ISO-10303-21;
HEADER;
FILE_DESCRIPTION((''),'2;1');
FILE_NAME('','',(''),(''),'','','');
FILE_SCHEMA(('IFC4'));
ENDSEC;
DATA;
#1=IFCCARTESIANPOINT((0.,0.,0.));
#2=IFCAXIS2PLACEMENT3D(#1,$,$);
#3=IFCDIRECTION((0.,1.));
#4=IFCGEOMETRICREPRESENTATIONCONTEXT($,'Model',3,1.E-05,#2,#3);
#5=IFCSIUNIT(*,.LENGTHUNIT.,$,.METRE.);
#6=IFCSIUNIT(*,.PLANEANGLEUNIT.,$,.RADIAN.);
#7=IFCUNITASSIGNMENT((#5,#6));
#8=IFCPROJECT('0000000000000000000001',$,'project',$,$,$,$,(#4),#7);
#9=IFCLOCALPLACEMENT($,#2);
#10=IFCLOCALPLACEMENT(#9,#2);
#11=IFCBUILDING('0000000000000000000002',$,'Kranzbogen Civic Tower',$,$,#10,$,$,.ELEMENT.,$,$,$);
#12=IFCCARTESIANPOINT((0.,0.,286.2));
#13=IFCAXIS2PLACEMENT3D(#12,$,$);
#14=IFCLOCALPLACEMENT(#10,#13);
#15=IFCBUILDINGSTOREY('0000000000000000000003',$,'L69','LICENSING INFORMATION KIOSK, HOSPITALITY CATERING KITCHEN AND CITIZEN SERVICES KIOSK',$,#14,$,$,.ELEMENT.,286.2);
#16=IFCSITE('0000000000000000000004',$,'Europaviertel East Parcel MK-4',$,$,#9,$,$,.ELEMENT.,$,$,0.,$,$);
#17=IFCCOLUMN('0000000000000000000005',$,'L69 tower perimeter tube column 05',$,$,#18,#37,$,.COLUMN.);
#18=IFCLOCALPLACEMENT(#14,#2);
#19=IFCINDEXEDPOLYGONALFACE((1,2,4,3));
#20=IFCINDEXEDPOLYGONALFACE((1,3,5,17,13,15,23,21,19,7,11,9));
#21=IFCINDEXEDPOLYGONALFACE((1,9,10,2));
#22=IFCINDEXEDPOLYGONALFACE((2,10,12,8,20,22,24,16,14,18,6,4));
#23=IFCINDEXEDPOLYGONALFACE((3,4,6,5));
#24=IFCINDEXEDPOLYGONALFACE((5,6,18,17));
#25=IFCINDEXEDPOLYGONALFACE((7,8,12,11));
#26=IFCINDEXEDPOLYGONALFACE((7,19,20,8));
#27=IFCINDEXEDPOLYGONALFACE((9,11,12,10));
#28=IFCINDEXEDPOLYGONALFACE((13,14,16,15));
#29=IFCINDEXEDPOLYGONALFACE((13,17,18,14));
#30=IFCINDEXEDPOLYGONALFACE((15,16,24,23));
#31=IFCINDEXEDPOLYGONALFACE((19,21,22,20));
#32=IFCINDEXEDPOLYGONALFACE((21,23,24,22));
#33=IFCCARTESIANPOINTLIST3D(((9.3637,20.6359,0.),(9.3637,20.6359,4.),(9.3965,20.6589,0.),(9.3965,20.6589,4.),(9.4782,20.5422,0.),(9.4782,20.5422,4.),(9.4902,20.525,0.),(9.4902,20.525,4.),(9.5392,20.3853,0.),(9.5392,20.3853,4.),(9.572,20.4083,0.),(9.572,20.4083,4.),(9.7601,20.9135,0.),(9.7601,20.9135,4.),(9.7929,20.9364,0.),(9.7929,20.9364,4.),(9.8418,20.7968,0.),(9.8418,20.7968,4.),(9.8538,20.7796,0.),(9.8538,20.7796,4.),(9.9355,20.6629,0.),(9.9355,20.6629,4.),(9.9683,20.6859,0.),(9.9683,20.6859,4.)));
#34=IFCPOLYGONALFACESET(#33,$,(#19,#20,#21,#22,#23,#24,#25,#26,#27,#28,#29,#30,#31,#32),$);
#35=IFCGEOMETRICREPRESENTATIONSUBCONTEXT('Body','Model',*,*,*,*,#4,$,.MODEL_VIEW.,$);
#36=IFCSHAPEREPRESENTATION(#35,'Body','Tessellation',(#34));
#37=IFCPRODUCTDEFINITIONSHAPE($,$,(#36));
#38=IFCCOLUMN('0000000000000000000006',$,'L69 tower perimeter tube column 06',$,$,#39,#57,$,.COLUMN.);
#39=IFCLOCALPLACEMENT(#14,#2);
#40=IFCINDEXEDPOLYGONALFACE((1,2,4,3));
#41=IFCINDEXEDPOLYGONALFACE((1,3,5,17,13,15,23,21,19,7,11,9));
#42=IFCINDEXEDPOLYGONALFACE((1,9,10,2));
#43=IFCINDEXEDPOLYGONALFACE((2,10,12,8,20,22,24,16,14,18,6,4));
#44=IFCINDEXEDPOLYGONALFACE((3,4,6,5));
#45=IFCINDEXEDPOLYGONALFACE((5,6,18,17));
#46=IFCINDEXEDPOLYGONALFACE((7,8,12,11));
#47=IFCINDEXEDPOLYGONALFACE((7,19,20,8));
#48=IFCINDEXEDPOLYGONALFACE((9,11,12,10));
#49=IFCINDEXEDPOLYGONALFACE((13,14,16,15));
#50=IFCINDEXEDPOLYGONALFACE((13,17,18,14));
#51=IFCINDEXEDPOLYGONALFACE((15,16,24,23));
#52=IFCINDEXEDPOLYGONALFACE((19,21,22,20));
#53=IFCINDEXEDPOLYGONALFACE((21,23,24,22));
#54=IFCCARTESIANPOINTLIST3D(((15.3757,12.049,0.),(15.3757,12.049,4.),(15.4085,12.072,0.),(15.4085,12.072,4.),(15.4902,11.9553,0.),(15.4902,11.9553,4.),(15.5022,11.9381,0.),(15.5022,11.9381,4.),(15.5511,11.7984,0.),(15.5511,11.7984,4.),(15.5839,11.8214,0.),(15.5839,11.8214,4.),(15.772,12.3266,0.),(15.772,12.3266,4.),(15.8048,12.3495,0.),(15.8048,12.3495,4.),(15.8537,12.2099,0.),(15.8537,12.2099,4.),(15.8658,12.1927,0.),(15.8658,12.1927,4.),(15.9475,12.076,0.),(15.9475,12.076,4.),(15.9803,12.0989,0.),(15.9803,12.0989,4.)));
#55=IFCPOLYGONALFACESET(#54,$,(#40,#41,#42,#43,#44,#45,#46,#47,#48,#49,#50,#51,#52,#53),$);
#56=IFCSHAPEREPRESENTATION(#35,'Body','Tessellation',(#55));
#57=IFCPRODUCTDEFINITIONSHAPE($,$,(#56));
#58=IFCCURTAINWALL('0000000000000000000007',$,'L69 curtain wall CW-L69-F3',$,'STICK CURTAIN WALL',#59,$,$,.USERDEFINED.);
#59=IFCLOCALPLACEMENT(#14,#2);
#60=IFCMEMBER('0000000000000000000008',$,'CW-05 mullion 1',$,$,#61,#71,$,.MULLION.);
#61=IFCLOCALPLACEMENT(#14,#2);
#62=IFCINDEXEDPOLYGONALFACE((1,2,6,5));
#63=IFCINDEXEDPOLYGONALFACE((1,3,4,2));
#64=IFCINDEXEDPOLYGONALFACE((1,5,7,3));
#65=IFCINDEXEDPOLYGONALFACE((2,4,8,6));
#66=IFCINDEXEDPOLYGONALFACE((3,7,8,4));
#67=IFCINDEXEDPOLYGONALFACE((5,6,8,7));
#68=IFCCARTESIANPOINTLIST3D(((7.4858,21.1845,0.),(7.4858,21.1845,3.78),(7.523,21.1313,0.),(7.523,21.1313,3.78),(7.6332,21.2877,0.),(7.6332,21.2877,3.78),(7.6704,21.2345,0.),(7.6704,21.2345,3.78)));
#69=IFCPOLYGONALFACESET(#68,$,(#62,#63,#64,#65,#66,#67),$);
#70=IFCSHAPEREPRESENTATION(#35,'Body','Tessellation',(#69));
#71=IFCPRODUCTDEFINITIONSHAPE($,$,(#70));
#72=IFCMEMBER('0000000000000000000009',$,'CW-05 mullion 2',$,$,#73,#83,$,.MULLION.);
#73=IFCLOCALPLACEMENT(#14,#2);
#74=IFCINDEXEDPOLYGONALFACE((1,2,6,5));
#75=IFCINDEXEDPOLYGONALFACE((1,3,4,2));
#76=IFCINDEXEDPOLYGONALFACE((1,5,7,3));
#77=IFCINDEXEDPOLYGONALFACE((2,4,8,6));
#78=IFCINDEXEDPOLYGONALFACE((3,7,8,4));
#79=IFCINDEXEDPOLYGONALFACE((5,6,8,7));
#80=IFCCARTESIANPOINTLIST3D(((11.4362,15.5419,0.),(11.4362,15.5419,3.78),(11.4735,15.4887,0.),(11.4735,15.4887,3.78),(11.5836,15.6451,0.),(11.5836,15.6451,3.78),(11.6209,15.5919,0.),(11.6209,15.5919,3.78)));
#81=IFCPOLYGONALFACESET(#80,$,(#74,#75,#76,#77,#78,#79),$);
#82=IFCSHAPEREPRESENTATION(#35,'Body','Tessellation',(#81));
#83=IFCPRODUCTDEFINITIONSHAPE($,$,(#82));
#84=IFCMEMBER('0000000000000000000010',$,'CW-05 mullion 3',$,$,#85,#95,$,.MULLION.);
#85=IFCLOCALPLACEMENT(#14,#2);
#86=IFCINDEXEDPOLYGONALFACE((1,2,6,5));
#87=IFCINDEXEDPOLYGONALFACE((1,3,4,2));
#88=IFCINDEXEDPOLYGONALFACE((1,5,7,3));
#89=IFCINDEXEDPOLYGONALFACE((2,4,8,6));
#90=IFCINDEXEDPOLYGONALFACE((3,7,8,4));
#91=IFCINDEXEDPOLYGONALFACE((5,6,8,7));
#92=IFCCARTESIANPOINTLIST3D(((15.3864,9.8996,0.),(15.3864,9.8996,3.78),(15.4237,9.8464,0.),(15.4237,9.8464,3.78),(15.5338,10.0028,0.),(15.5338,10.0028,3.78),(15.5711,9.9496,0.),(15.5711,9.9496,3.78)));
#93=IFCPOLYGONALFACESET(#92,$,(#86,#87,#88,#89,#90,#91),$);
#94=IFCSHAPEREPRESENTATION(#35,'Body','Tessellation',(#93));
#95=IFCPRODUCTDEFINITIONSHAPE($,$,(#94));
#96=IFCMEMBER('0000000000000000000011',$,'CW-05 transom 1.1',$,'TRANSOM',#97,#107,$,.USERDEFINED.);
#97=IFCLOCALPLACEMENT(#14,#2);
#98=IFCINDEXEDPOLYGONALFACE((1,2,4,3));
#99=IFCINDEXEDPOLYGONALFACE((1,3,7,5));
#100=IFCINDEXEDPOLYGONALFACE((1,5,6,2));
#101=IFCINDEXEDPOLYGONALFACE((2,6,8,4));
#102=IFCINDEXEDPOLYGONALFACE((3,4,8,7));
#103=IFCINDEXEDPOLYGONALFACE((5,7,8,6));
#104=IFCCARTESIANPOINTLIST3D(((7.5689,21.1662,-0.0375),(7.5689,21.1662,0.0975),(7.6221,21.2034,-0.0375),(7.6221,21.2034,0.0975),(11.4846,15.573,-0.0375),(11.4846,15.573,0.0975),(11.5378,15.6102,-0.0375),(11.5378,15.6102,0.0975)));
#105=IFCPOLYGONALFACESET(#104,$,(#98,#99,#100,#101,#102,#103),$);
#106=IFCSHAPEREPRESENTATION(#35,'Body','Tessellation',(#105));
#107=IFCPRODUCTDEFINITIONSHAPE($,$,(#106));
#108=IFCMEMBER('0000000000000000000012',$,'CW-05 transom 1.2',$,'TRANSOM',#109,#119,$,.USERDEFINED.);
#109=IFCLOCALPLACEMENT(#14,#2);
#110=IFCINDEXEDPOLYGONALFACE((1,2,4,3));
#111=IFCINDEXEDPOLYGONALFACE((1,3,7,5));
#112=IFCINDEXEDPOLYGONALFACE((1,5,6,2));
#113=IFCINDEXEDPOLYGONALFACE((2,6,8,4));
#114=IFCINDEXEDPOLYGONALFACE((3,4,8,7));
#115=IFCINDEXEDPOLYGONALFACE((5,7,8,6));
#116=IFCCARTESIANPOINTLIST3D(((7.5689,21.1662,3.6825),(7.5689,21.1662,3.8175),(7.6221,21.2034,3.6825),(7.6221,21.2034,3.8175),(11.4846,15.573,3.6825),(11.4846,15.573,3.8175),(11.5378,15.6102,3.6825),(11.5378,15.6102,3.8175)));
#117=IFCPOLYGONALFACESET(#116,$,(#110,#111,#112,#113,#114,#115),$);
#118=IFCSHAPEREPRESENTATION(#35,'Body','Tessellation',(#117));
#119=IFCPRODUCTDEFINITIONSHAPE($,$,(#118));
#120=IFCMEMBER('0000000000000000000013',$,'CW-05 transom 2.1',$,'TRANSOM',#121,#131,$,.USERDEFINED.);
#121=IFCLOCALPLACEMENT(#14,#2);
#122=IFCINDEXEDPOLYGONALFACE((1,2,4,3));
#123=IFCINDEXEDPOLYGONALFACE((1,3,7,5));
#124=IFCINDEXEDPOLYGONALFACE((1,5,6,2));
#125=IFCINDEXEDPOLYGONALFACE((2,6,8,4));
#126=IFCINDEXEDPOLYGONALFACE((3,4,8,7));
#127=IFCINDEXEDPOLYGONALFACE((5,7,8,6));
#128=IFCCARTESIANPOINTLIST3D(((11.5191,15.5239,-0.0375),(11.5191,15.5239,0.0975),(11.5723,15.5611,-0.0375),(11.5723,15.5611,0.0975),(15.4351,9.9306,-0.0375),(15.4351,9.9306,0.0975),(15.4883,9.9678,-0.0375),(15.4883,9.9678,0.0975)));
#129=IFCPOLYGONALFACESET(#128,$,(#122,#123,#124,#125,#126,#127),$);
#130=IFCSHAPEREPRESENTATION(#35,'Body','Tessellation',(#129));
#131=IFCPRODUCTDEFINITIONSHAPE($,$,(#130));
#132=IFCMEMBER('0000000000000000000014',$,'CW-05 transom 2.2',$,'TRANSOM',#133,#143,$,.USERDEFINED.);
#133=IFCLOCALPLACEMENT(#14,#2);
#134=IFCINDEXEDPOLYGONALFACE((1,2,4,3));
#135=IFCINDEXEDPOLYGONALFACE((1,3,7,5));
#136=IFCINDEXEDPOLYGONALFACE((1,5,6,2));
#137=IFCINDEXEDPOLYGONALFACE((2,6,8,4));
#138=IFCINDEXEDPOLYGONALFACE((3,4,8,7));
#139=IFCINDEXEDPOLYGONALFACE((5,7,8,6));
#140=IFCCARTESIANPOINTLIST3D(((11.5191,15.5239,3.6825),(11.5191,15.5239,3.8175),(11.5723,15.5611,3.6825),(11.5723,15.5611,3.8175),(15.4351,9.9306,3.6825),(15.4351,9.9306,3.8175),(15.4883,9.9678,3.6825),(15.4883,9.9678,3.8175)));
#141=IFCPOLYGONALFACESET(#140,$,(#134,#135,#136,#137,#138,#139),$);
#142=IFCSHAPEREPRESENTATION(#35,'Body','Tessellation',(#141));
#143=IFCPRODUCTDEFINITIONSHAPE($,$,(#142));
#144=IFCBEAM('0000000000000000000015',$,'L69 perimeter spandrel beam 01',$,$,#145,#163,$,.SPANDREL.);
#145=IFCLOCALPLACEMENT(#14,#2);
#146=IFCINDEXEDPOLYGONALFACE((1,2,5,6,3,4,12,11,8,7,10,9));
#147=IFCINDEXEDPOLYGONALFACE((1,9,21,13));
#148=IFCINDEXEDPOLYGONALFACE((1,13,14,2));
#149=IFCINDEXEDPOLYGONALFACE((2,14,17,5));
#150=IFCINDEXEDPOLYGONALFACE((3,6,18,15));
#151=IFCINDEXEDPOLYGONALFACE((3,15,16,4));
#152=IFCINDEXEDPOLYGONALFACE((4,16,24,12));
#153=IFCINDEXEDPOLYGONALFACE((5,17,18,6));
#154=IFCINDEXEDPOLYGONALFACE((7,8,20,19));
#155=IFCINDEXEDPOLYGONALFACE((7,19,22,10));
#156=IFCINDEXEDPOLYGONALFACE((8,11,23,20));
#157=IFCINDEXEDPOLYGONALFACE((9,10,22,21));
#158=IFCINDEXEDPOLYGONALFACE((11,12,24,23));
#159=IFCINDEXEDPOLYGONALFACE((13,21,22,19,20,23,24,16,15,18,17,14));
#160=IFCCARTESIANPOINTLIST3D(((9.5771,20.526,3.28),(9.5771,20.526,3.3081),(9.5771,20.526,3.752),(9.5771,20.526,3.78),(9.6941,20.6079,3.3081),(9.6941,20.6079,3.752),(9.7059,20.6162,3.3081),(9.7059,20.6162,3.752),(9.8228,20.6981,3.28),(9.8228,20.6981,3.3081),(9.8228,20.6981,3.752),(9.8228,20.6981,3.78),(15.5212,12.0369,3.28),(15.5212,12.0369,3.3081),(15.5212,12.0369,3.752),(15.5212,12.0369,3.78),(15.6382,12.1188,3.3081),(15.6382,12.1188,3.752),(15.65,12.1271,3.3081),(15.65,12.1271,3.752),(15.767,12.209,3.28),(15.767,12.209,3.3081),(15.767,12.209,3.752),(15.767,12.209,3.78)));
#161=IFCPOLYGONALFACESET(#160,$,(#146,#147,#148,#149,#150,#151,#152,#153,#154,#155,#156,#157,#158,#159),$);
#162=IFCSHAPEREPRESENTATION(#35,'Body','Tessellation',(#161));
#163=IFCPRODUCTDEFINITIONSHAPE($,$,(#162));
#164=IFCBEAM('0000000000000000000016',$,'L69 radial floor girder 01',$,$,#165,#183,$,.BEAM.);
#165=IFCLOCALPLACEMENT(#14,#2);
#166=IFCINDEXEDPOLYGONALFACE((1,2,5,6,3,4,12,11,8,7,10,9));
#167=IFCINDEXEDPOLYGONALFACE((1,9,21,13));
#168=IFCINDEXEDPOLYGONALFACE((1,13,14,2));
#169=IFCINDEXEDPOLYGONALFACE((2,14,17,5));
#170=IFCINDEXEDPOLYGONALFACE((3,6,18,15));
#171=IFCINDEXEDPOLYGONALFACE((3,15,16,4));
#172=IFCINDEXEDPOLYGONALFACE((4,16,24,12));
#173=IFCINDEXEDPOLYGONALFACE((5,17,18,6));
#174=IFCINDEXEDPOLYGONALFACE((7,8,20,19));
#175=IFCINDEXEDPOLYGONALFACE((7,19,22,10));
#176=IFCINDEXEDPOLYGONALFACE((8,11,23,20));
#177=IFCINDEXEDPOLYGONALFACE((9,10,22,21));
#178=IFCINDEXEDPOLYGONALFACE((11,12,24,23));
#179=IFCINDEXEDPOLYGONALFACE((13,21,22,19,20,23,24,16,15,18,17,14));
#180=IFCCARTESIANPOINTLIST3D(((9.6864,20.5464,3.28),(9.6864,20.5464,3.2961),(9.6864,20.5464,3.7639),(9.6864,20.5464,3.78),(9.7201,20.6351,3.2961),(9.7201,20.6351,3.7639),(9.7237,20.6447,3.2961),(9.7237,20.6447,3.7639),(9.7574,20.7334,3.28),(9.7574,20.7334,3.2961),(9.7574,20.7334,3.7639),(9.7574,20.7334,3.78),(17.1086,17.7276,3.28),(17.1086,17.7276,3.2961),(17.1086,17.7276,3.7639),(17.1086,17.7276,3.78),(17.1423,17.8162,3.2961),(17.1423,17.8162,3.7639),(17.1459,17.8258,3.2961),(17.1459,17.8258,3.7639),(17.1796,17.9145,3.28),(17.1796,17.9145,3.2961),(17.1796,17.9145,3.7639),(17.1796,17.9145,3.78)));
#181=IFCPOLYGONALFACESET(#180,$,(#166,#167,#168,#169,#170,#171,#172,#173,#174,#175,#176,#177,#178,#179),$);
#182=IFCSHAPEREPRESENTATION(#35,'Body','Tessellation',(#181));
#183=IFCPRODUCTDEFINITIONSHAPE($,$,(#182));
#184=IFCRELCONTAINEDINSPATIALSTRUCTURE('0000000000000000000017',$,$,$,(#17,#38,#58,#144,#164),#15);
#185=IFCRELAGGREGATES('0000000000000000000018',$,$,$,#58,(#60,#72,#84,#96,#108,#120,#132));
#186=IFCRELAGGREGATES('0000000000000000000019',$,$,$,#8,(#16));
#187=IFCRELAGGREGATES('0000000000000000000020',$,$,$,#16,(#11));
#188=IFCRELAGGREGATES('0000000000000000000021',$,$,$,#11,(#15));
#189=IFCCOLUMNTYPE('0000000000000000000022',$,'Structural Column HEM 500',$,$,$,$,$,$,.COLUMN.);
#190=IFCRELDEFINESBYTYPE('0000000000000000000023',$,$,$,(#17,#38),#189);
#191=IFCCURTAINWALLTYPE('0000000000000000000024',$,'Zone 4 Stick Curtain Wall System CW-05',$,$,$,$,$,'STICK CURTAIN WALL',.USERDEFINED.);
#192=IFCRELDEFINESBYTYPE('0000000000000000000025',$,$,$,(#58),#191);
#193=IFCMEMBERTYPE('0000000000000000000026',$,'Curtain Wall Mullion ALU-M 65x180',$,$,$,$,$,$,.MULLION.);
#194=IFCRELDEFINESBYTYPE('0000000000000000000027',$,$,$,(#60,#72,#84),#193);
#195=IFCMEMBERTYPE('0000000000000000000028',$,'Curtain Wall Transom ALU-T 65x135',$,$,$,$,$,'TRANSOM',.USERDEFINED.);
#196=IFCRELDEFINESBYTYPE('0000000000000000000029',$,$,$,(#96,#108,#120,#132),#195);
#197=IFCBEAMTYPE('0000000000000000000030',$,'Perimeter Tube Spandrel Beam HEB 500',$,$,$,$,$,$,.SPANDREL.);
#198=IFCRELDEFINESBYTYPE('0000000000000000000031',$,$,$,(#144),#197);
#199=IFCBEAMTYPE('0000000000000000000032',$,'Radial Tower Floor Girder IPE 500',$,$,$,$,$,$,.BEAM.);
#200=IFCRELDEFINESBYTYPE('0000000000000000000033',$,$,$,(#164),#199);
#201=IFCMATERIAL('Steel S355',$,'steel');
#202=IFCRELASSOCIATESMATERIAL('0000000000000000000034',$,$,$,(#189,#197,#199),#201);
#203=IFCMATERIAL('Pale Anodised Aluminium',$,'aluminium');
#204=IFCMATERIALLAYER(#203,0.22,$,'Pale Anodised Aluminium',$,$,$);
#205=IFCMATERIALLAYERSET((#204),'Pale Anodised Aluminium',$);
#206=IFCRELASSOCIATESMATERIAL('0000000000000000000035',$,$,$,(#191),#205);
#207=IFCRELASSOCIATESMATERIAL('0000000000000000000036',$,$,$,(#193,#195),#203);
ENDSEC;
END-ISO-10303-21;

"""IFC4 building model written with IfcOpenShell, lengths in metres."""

from ifc_helpers import new_model, si_unit, direction, frame, origin, origin_2d, place, context, subcontext, project, spatial, rectangle, i_section, extrude, material, layer, layer_set, material_profile, profile_set, type_object, element, aggregate, save


model = new_model("IFC4")

# Units and contexts
model_context = context("Model", 3, precision=1e-05, world=origin(), true_north=direction((0.0, 1.0)))
body_context = subcontext(model_context, "Body", "Model", "MODEL_VIEW")
ifc_project = project(units=[si_unit("LENGTHUNIT", "METRE"), si_unit("PLANEANGLEUNIT", "RADIAN")], contexts=[model_context])

# Site, building, storey
site_placement = place(None, origin())
site = spatial("IfcSite", under=ifc_project, at=site_placement, Name="Europaviertel East Parcel MK-4", CompositionType="ELEMENT", RefElevation=0.0)
building_placement = place(site_placement, origin())
building = spatial("IfcBuilding", under=site, at=building_placement, Name="Kranzbogen Civic Tower", CompositionType="ELEMENT")
storey_placement = place(building_placement, frame((0.0, 0.0, 286.2)))
storey = spatial("IfcBuildingStorey", under=building, at=storey_placement, Name="L69", Description="LICENSING INFORMATION KIOSK, HOSPITALITY CATERING KITCHEN AND CITIZEN SERVICES KIOSK", CompositionType="ELEMENT", Elevation=286.2)

# Columns
ifc_material_1 = material(Name="Steel S355", Category="steel")
ifc_material_profile_1 = material_profile(ifc_material_1, i_section(OverallWidth=0.3059, OverallDepth=0.5239, WebThickness=0.021, FlangeThickness=0.04, at=origin_2d()), Name="HEM 500")
ifc_profile_set_1 = profile_set([ifc_material_profile_1], Name="Steel S355")
column_type = type_object("IfcColumnType", Name="Structural Column HEM 500", PredefinedType="COLUMN", material=ifc_profile_set_1)
for number, where, z_axis, x_axis, name in (
    (1, (9.666, 20.6609, 0.0), (0.0, 0.0, 1.0), (-0.573576, 0.819152, 0.0), "L69 tower perimeter tube column 05"),
    (2, (15.678, 12.074, 0.0), (0.0, 0.0, 1.0), (-0.573576, 0.819152, 0.0), "L69 tower perimeter tube column 06"),
):
    element("IfcColumn", number, at=place(storey_placement, frame(where, z_axis=z_axis, x_axis=x_axis)), inside=storey, type_object=column_type, Name=name, PredefinedType="COLUMN", context=body_context, shape_type="SweptSolid", body=[
        extrude(i_section(OverallWidth=0.3059, OverallDepth=0.5239, WebThickness=0.021, FlangeThickness=0.04, at=origin_2d()), origin(), (0.0, 0.0, 1.0), 4.0),
    ])

# Curtain wall, members
ifc_material_2 = material(Name="Pale Anodised Aluminium", Category="aluminium")
ifc_layer_1 = layer(ifc_material_2, 0.22, Name="Pale Anodised Aluminium")
ifc_layer_set_1 = layer_set([ifc_layer_1], Name="Pale Anodised Aluminium")
curtain_wall_type = type_object("IfcCurtainWallType", Name="Zone 4 Stick Curtain Wall System CW-05", ElementType="STICK CURTAIN WALL", PredefinedType="USERDEFINED", material=ifc_layer_set_1)
curtain_wall_placement = place(storey_placement, origin())
curtain_wall = element("IfcCurtainWall", 3, at=curtain_wall_placement, inside=storey, type_object=curtain_wall_type, Name="L69 curtain wall CW-L69-F3", ObjectType="STICK CURTAIN WALL", PredefinedType="USERDEFINED")
ifc_material_profile_2 = material_profile(ifc_material_2, rectangle(XDim=0.0649, YDim=0.1799, at=origin_2d()), Name="ALU-M 65x180")
ifc_profile_set_2 = profile_set([ifc_material_profile_2], Name="Pale Anodised Aluminium")
member_type_1 = type_object("IfcMemberType", Name="Curtain Wall Mullion ALU-M 65x180", PredefinedType="MULLION", material=ifc_profile_set_2)
member_1_placement = place(storey_placement, frame((7.5781, 21.2095, 0.0), z_axis=(0.0, 0.0, 1.0), x_axis=(0.573521, -0.819191, 0.0)))
member_1 = element("IfcMember", 4, at=member_1_placement, type_object=member_type_1, Name="CW-05 mullion 1", PredefinedType="MULLION", context=body_context, shape_type="SweptSolid", body=[
    extrude(rectangle(XDim=0.0649, YDim=0.1799, at=origin_2d()), origin(), (0.0, 0.0, 1.0), 3.78),
])
member_2_placement = place(storey_placement, frame((11.5286, 15.5669, 0.0), z_axis=(0.0, 0.0, 1.0), x_axis=(0.573521, -0.819191, 0.0)))
member_2 = element("IfcMember", 5, at=member_2_placement, type_object=member_type_1, Name="CW-05 mullion 2", PredefinedType="MULLION", context=body_context, shape_type="SweptSolid", body=[
    extrude(rectangle(XDim=0.0649, YDim=0.1799, at=origin_2d()), origin(), (0.0, 0.0, 1.0), 3.78),
])
member_3_placement = place(storey_placement, frame((15.4788, 9.9246, 0.0), z_axis=(0.0, 0.0, 1.0), x_axis=(0.573521, -0.819191, 0.0)))
member_3 = element("IfcMember", 6, at=member_3_placement, type_object=member_type_1, Name="CW-05 mullion 3", PredefinedType="MULLION", context=body_context, shape_type="SweptSolid", body=[
    extrude(rectangle(XDim=0.0649, YDim=0.1799, at=origin_2d()), origin(), (0.0, 0.0, 1.0), 3.78),
])
ifc_material_profile_3 = material_profile(ifc_material_2, rectangle(XDim=0.0649, YDim=0.135, at=origin_2d()), Name="ALU-T 65x135")
ifc_profile_set_3 = profile_set([ifc_material_profile_3], Name="Pale Anodised Aluminium")
member_type_2 = type_object("IfcMemberType", Name="Curtain Wall Transom ALU-T 65x135", ElementType="TRANSOM", PredefinedType="USERDEFINED", material=ifc_profile_set_3)
member_4_placement = place(storey_placement, frame((7.5955, 21.1848, 0.03), z_axis=(0.57351, -0.819198, 0.0), x_axis=(0.819198, 0.57351, 0.0)))
member_4 = element("IfcMember", 7, at=member_4_placement, type_object=member_type_2, Name="CW-05 transom 1.1", ObjectType="TRANSOM", PredefinedType="USERDEFINED", context=body_context, shape_type="SweptSolid", body=[
    extrude(rectangle(XDim=0.0649, YDim=0.135, at=origin_2d()), origin(), (0.0, 0.0, 1.0), 6.8276),
])
member_5_placement = place(storey_placement, frame((7.5955, 21.1848, 3.75), z_axis=(0.57351, -0.819198, 0.0), x_axis=(0.819198, 0.57351, 0.0)))
member_5 = element("IfcMember", 8, at=member_5_placement, type_object=member_type_2, Name="CW-05 transom 1.2", ObjectType="TRANSOM", PredefinedType="USERDEFINED", context=body_context, shape_type="SweptSolid", body=[
    extrude(rectangle(XDim=0.0649, YDim=0.135, at=origin_2d()), origin(), (0.0, 0.0, 1.0), 6.8276),
])
member_6_placement = place(storey_placement, frame((11.5457, 15.5425, 0.03), z_axis=(0.573534, -0.819182, 0.0), x_axis=(0.819182, 0.573534, 0.0)))
member_6 = element("IfcMember", 9, at=member_6_placement, type_object=member_type_2, Name="CW-05 transom 2.1", ObjectType="TRANSOM", PredefinedType="USERDEFINED", context=body_context, shape_type="SweptSolid", body=[
    extrude(rectangle(XDim=0.0649, YDim=0.135, at=origin_2d()), origin(), (0.0, 0.0, 1.0), 6.8279),
])
member_7_placement = place(storey_placement, frame((11.5457, 15.5425, 3.75), z_axis=(0.573534, -0.819182, 0.0), x_axis=(0.819182, 0.573534, 0.0)))
member_7 = element("IfcMember", 10, at=member_7_placement, type_object=member_type_2, Name="CW-05 transom 2.2", ObjectType="TRANSOM", PredefinedType="USERDEFINED", context=body_context, shape_type="SweptSolid", body=[
    extrude(rectangle(XDim=0.0649, YDim=0.135, at=origin_2d()), origin(), (0.0, 0.0, 1.0), 6.8279),
])

# Beams
ifc_material_profile_4 = material_profile(ifc_material_1, i_section(OverallWidth=0.3, OverallDepth=0.5, WebThickness=0.0144, FlangeThickness=0.0281, at=origin_2d()), Name="HEB 500")
ifc_profile_set_4 = profile_set([ifc_material_profile_4], Name="Steel S355")
beam_type_1 = type_object("IfcBeamType", Name="Perimeter Tube Spandrel Beam HEB 500", PredefinedType="SPANDREL", material=ifc_profile_set_4)
beam_1_placement = place(storey_placement, frame((9.7, 20.6121, 3.53), z_axis=(0.573578, -0.819151, 0.0), x_axis=(0.819151, 0.573578, 0.0)))
element("IfcBeam", 11, at=beam_1_placement, inside=storey, type_object=beam_type_1, Name="L69 perimeter spandrel beam 01", PredefinedType="SPANDREL", context=body_context, shape_type="SweptSolid", body=[
    extrude(i_section(OverallWidth=0.3, OverallDepth=0.5, WebThickness=0.0144, FlangeThickness=0.0281, at=origin_2d()), origin(), (0.0, 0.0, 1.0), 10.3633),
])
ifc_material_profile_5 = material_profile(ifc_material_1, i_section(OverallWidth=0.2, OverallDepth=0.5, WebThickness=0.0103, FlangeThickness=0.0161, at=origin_2d()), Name="IPE 500")
ifc_profile_set_5 = profile_set([ifc_material_profile_5], Name="Steel S355")
beam_type_2 = type_object("IfcBeamType", Name="Radial Tower Floor Girder IPE 500", PredefinedType="BEAM", material=ifc_profile_set_5)
beam_2_placement = place(storey_placement, frame((9.7219, 20.6399, 3.53), z_axis=(0.934849, -0.355046, 0.0), x_axis=(0.355046, 0.934849, 0.0)))
element("IfcBeam", 12, at=beam_2_placement, inside=storey, type_object=beam_type_2, Name="L69 radial floor girder 01", PredefinedType="BEAM", context=body_context, shape_type="SweptSolid", body=[
    extrude(i_section(OverallWidth=0.2, OverallDepth=0.5, WebThickness=0.0103, FlangeThickness=0.0161, at=origin_2d()), origin(), (0.0, 0.0, 1.0), 7.9395),
])

aggregate(curtain_wall, [member_1, member_2, member_3, member_4, member_5, member_6, member_7])

save(model, "model.ifc")
